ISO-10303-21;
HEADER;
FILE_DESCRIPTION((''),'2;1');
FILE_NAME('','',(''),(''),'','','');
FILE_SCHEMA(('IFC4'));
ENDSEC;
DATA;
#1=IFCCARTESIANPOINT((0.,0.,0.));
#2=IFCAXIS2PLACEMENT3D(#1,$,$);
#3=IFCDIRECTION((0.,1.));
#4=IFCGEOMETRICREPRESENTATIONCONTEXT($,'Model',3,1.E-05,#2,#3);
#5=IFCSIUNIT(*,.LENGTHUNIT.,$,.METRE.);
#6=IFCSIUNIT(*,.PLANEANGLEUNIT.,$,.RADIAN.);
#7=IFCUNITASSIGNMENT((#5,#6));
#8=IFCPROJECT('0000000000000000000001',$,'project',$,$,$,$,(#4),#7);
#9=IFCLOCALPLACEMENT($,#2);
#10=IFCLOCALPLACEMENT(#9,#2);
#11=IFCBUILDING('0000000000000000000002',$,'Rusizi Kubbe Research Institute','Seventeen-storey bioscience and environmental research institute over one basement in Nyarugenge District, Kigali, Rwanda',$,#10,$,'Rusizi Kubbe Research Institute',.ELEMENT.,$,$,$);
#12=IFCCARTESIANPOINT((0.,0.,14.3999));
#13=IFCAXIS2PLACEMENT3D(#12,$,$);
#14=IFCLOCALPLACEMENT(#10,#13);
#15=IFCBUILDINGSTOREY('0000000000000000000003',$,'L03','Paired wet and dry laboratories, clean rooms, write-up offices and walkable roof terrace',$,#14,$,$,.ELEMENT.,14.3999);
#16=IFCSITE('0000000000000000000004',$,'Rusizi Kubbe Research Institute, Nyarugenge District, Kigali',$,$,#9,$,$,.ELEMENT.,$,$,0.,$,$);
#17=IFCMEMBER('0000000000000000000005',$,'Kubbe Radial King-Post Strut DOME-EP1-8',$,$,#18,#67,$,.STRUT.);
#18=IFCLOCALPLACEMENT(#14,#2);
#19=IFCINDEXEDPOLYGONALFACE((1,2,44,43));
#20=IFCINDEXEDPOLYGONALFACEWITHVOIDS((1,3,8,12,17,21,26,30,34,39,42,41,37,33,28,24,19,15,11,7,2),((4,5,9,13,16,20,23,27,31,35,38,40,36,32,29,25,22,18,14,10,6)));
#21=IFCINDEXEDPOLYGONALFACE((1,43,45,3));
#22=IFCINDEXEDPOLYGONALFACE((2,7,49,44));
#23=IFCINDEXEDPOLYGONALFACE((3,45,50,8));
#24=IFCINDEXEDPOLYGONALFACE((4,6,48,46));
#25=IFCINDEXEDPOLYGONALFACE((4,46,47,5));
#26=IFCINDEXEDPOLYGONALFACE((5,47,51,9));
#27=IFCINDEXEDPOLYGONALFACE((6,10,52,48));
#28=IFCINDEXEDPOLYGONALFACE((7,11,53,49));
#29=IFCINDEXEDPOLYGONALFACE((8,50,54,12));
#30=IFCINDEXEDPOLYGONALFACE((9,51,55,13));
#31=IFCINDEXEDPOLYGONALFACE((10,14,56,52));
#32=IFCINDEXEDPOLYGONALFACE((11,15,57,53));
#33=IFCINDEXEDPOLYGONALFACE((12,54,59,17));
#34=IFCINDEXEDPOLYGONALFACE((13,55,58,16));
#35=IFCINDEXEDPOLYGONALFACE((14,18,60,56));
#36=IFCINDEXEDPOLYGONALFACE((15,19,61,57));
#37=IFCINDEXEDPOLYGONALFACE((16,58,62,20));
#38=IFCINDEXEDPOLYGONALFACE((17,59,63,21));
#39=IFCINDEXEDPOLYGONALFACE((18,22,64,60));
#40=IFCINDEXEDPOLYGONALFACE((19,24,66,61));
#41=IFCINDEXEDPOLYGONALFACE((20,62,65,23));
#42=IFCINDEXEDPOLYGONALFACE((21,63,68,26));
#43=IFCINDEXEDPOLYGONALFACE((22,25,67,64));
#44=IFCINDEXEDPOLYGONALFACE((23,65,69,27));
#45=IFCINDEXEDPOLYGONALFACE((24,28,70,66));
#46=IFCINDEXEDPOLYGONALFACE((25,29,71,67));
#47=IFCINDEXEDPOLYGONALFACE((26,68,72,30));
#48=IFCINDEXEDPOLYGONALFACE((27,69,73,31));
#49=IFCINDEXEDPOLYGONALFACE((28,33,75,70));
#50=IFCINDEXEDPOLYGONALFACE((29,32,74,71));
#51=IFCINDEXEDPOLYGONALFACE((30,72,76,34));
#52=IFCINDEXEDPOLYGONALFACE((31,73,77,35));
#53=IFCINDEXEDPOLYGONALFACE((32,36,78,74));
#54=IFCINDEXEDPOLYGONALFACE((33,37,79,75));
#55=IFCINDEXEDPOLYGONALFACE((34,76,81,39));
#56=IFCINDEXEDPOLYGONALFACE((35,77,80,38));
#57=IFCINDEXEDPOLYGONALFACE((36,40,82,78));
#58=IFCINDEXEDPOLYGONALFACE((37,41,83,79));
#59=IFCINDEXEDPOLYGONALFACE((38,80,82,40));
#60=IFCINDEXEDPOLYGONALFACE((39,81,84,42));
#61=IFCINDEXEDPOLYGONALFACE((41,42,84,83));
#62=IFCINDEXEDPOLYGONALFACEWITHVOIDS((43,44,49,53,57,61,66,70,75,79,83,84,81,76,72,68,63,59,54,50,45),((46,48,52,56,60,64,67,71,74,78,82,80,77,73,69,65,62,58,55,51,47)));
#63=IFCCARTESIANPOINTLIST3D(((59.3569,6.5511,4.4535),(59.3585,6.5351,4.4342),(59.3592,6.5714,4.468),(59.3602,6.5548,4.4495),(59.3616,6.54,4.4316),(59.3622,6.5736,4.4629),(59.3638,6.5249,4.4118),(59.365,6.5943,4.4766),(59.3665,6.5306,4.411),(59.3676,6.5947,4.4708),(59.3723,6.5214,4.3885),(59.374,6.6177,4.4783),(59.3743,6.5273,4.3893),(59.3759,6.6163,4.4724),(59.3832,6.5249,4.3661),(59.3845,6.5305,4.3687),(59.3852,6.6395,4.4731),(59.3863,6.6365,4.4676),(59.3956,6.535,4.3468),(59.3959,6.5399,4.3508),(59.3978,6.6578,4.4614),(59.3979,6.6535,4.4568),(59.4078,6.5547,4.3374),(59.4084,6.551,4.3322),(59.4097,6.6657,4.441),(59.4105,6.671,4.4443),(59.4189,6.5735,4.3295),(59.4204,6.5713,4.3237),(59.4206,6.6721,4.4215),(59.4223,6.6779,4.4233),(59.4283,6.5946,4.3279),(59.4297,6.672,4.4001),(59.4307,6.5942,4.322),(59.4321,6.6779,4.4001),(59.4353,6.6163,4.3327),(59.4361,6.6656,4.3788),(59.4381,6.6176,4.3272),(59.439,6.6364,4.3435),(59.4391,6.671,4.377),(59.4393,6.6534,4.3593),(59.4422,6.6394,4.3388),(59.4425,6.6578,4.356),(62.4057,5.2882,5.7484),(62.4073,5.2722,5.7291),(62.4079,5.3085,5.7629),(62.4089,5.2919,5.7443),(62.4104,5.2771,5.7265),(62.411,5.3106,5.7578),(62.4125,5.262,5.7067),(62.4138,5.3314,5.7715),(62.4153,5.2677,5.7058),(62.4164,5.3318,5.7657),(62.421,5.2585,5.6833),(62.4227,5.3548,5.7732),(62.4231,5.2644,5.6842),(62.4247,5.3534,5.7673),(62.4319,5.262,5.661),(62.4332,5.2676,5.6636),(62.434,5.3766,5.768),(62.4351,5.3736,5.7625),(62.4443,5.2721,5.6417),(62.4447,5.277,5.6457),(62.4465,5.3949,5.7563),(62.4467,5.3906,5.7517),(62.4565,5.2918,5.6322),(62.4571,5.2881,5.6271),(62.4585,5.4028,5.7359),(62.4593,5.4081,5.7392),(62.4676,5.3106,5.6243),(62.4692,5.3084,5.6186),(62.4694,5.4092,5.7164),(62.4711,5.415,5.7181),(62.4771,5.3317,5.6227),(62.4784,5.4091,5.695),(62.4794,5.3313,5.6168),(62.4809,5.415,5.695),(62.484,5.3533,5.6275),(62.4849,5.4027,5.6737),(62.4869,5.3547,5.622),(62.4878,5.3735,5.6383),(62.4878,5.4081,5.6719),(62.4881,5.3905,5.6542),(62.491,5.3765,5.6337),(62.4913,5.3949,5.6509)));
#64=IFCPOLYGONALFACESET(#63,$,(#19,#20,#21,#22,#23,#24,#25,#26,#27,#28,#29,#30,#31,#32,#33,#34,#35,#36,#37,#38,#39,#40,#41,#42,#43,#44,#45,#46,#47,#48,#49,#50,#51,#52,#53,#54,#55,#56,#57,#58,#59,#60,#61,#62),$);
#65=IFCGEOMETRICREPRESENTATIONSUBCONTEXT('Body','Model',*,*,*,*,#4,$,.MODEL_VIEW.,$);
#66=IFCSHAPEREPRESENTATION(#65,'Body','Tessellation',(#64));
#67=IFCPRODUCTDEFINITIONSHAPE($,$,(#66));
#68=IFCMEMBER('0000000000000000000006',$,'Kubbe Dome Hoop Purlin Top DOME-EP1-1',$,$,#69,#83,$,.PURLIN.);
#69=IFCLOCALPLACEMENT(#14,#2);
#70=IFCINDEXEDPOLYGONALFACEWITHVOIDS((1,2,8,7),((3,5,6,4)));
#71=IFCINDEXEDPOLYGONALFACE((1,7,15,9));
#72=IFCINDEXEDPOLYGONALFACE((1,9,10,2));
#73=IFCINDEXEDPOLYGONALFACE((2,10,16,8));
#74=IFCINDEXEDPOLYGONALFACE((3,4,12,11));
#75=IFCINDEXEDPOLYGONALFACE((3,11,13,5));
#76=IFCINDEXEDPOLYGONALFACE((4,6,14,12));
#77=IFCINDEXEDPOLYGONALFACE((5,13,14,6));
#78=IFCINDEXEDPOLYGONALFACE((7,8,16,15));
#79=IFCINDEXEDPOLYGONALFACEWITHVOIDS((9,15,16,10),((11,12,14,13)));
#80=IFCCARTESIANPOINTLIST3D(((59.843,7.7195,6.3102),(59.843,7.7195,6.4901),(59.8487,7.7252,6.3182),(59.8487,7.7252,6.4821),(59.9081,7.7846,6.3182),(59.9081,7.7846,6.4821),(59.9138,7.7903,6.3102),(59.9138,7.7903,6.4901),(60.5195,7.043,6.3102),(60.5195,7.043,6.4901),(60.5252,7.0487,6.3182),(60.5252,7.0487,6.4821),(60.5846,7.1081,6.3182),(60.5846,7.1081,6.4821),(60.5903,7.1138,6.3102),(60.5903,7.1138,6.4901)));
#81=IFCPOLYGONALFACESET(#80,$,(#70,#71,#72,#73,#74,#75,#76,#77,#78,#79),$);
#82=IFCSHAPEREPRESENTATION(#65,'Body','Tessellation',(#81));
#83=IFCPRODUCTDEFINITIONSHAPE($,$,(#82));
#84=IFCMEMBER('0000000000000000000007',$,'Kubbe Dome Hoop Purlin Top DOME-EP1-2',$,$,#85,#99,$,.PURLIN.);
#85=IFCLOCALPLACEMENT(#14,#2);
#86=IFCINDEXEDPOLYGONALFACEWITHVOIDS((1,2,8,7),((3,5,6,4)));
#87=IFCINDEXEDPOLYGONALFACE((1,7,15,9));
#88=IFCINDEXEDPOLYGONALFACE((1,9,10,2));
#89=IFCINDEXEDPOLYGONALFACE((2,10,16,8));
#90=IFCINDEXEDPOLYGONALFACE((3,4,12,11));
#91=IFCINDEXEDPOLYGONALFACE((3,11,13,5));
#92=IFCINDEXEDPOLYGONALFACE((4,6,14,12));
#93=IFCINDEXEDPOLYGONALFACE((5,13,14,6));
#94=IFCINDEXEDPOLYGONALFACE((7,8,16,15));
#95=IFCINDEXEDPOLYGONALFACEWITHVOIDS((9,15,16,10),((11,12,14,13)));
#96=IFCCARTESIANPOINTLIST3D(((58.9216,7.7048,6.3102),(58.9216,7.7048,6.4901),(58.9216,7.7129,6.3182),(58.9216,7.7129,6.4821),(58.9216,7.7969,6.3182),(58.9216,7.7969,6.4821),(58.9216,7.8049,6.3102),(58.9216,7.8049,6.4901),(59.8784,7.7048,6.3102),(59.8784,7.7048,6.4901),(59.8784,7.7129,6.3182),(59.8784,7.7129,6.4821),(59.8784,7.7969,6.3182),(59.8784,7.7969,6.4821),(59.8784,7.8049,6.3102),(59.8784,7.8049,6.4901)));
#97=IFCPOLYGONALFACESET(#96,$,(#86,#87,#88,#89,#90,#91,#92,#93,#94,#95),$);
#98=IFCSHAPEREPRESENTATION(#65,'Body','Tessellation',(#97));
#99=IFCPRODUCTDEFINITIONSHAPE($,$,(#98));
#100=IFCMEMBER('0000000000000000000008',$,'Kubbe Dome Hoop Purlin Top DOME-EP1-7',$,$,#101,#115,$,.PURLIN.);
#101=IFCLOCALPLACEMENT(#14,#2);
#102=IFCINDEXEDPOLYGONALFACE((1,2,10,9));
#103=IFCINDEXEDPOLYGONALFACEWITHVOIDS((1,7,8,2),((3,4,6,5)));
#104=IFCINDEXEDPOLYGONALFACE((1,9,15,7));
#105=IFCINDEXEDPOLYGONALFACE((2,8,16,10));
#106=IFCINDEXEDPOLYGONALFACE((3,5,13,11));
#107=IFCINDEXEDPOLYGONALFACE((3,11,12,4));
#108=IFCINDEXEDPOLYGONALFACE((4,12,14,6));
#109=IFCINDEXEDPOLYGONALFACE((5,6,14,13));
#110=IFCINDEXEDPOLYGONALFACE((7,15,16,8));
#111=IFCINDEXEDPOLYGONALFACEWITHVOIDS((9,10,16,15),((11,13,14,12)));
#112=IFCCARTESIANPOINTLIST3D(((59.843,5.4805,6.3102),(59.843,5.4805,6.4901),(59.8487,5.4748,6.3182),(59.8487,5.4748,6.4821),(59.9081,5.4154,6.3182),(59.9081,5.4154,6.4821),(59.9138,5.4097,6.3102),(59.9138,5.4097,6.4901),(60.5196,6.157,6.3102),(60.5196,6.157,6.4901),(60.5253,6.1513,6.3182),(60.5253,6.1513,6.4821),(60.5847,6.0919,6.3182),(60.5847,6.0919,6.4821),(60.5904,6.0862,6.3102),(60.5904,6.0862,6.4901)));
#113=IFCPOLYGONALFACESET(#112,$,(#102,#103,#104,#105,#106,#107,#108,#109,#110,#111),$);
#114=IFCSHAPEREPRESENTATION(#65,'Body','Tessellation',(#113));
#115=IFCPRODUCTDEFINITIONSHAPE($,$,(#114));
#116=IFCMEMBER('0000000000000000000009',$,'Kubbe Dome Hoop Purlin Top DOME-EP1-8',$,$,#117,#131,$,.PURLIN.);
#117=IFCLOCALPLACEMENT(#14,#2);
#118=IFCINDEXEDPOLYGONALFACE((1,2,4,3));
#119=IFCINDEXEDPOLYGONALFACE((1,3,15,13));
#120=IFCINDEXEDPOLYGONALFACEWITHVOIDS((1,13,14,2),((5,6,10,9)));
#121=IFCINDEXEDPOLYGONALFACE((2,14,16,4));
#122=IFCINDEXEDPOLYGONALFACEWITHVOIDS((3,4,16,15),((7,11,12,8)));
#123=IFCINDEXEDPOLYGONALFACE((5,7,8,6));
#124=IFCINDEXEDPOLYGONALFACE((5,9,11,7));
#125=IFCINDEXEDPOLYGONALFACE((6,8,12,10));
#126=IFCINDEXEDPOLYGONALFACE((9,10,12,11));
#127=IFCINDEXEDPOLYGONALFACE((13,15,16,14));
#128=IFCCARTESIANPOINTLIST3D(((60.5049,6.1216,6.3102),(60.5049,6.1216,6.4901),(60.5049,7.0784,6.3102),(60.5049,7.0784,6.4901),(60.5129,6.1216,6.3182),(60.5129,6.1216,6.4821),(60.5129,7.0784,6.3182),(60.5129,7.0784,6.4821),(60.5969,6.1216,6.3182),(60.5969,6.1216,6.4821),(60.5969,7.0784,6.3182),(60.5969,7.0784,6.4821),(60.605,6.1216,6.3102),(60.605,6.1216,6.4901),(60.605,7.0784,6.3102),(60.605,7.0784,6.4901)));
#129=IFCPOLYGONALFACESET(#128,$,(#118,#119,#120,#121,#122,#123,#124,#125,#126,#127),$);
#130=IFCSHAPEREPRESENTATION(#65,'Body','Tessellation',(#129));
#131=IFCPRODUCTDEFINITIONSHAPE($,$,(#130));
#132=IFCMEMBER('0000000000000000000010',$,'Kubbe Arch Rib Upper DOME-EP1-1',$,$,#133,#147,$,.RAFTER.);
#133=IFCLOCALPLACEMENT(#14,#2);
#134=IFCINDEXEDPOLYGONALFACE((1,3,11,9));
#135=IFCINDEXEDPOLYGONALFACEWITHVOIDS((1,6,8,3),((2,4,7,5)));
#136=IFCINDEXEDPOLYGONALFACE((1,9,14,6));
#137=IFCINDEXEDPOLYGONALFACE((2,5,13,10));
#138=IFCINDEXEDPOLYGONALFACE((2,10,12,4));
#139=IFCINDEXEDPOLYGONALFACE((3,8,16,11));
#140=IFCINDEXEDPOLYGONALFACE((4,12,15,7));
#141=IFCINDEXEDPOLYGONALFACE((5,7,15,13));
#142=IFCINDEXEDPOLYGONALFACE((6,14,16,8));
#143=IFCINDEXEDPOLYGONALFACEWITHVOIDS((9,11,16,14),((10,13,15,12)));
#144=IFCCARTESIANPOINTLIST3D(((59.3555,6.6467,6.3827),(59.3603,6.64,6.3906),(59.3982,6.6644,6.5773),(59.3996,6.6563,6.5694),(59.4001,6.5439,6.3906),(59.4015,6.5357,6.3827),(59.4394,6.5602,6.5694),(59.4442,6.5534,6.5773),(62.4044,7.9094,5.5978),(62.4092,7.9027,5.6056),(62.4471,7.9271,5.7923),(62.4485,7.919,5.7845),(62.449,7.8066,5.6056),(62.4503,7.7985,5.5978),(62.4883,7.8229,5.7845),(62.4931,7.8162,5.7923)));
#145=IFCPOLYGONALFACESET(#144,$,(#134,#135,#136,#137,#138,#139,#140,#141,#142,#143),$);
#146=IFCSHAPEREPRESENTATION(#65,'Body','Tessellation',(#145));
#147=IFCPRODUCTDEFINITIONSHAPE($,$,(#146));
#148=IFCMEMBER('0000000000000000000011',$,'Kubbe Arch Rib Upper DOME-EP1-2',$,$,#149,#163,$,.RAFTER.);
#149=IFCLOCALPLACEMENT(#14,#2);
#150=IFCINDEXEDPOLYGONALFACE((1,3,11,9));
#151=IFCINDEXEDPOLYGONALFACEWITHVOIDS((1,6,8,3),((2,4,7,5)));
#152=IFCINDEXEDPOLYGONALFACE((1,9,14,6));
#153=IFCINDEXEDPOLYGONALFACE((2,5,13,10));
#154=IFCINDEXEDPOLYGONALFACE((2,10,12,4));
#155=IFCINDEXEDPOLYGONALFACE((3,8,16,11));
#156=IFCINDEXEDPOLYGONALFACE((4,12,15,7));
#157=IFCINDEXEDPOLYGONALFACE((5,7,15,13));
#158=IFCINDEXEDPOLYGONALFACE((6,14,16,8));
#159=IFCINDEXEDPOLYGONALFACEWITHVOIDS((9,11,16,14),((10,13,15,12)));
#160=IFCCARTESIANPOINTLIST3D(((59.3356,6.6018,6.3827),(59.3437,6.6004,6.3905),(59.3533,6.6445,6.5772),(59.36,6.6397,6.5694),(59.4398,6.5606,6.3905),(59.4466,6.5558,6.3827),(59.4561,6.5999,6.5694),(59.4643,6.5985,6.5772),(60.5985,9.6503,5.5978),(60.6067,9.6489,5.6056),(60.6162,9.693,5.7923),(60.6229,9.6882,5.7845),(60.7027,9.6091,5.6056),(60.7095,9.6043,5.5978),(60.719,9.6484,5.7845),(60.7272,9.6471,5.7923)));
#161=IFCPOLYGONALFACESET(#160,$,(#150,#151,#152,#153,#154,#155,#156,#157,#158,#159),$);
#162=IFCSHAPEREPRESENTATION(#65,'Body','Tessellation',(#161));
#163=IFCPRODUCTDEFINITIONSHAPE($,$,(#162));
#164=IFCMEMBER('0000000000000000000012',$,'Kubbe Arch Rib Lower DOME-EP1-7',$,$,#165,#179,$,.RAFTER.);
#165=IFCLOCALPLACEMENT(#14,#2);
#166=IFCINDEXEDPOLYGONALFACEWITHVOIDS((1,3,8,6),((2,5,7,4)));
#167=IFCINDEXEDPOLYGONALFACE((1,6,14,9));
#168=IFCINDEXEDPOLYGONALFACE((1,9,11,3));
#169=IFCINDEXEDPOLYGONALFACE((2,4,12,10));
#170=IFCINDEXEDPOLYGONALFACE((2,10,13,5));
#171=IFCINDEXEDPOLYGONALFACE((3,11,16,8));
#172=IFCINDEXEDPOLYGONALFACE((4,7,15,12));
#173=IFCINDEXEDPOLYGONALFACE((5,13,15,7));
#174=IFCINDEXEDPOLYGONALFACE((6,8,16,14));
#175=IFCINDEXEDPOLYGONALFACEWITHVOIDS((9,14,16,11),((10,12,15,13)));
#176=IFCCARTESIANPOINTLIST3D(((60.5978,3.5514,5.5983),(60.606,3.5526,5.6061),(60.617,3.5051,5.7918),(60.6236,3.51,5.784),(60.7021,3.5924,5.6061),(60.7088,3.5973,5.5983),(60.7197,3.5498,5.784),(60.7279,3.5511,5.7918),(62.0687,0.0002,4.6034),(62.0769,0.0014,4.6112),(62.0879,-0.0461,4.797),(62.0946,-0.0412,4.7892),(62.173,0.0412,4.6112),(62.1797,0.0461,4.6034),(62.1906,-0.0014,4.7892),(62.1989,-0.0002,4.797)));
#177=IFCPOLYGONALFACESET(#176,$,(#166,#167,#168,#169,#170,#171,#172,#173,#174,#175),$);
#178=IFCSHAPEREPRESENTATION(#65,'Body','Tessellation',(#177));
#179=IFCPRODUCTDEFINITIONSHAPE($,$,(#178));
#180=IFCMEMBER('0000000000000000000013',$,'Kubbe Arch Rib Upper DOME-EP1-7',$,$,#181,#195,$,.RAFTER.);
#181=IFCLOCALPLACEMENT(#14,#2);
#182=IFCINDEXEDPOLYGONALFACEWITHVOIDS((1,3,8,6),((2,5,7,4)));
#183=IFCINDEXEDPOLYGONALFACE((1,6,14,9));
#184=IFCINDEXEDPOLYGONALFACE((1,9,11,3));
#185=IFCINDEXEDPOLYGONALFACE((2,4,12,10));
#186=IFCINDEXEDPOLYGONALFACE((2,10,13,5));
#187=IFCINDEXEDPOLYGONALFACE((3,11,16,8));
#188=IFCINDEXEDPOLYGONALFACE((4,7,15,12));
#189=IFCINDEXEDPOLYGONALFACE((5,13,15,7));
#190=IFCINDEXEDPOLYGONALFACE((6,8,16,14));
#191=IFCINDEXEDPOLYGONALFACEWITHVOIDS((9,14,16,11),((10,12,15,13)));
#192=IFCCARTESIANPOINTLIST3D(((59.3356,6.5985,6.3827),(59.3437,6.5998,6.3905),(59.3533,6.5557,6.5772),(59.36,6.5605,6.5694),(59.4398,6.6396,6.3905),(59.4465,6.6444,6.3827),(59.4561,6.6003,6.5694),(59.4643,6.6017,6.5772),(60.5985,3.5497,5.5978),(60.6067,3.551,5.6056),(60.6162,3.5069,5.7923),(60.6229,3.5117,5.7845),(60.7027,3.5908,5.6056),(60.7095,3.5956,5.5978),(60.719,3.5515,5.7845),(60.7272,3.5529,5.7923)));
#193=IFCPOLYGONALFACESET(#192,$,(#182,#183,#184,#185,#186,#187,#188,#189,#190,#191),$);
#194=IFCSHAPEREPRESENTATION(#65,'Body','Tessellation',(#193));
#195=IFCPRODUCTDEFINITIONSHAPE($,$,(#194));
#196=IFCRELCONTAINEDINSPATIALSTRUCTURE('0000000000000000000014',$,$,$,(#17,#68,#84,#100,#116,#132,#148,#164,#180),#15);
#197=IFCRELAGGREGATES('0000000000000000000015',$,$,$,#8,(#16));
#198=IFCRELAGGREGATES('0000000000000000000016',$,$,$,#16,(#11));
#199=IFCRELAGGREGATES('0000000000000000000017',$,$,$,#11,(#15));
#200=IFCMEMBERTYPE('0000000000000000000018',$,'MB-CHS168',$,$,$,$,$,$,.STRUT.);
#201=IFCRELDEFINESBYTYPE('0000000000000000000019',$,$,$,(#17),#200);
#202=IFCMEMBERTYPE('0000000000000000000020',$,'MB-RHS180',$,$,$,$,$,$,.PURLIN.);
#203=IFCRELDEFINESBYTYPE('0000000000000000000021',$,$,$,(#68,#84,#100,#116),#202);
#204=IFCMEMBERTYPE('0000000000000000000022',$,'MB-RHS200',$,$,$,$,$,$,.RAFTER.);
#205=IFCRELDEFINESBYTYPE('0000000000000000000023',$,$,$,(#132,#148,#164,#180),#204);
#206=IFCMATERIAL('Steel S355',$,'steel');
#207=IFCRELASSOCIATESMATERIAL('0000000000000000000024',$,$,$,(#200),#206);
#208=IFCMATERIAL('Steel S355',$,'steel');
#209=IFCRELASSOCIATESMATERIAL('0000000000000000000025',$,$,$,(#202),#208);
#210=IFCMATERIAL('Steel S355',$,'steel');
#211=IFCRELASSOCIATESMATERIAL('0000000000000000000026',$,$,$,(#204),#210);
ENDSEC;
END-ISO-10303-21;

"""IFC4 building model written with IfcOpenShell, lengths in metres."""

from ifc_helpers import new_model, si_unit, direction, frame, origin, origin_2d, place, context, subcontext, project, spatial, hollow_rectangle, hollow_circle, extrude, material, material_profile, profile_set, type_object, element, save


model = new_model("IFC4")

# Units and contexts
model_context = context("Model", 3, precision=1e-05, world=origin(), true_north=direction((0.0, 1.0)))
body_context = subcontext(model_context, "Body", "Model", "MODEL_VIEW")
ifc_project = project(units=[si_unit("LENGTHUNIT", "METRE"), si_unit("PLANEANGLEUNIT", "RADIAN")], contexts=[model_context])

# Site, building, storey
site_placement = place(None, origin())
site = spatial("IfcSite", under=ifc_project, at=site_placement, Name="Rusizi Kubbe Research Institute, Nyarugenge District, Kigali", CompositionType="ELEMENT", RefElevation=0.0)
building_placement = place(site_placement, origin())
building = spatial("IfcBuilding", under=site, at=building_placement, Name="Rusizi Kubbe Research Institute", Description="Seventeen-storey bioscience and environmental research institute over one basement in Nyarugenge District, Kigali, Rwanda", LongName="Rusizi Kubbe Research Institute", CompositionType="ELEMENT")
storey_placement = place(building_placement, frame((0.0, 0.0, 14.3999)))
storey = spatial("IfcBuildingStorey", under=building, at=storey_placement, Name="L03", Description="Paired wet and dry laboratories, clean rooms, write-up offices and walkable roof terrace", CompositionType="ELEMENT", Elevation=14.3999)

# Members
ifc_material_1 = material(Name="Steel S355", Category="steel")
ifc_material_profile_1 = material_profile(ifc_material_1, hollow_circle(Radius=0.0842, WallThickness=0.0063, at=origin_2d()), Name="CHS 168.3x6.3")
ifc_profile_set_1 = profile_set([ifc_material_profile_1], Name="Steel S355")
member_type_1 = type_object("IfcMemberType", Name="MB-CHS168", PredefinedType="STRUT", material=ifc_profile_set_1)
for number, where, z_axis, x_axis, name in (
    (1, (59.3999, 6.6001, 4.4001), (0.86003, -0.356257, 0.365279), (0.382702, 0.923872, 0.0), "Kubbe Radial King-Post Strut DOME-EP1-8"),
):
    element("IfcMember", number, at=place(storey_placement, frame(where, z_axis=z_axis, x_axis=x_axis)), inside=storey, type_object=member_type_1, Name=name, PredefinedType="STRUT", context=body_context, shape_type="SweptSolid", body=[
        extrude(hollow_circle(Radius=0.0842, WallThickness=0.0063, at=origin_2d()), origin(), (0.0, 0.0, 1.0), 3.5449),
    ])
ifc_material_2 = material(Name="Steel S355", Category="steel")
ifc_material_profile_2 = material_profile(ifc_material_2, hollow_rectangle(XDim=0.1001, YDim=0.1799, WallThickness=0.0081, at=origin_2d()), Name="RHS 180x100x8.0")
ifc_profile_set_2 = profile_set([ifc_material_profile_2], Name="Steel S355")
member_type_2 = type_object("IfcMemberType", Name="MB-RHS180", PredefinedType="PURLIN", material=ifc_profile_set_2)
for number, where, z_axis, x_axis, name in (
    (2, (60.5549, 7.0784, 6.4001), (-0.707107, 0.707107, 0.0), (-0.707107, -0.707107, 0.0), "Kubbe Dome Hoop Purlin Top DOME-EP1-1"),
    (3, (59.8784, 7.7549, 6.4001), (-1.0, 0.0, 0.0), (0.0, -1.0, 0.0), "Kubbe Dome Hoop Purlin Top DOME-EP1-2"),
    (4, (59.8784, 5.4451, 6.4001), (0.707107, 0.707107, 0.0), (-0.707107, 0.707107, 0.0), "Kubbe Dome Hoop Purlin Top DOME-EP1-7"),
    (5, (60.5549, 6.1216, 6.4001), (0.0, 1.0, 0.0), (-1.0, 0.0, 0.0), "Kubbe Dome Hoop Purlin Top DOME-EP1-8"),
):
    element("IfcMember", number, at=place(storey_placement, frame(where, z_axis=z_axis, x_axis=x_axis)), inside=storey, type_object=member_type_2, Name=name, PredefinedType="PURLIN", context=body_context, shape_type="SweptSolid", body=[
        extrude(hollow_rectangle(XDim=0.1001, YDim=0.1799, WallThickness=0.0081, at=origin_2d()), origin(), (0.0, 0.0, 1.0), 0.9568),
    ])
ifc_material_3 = material(Name="Steel S355", Category="steel")
ifc_material_profile_3 = material_profile(ifc_material_3, hollow_rectangle(XDim=0.1201, YDim=0.2, WallThickness=0.0081, at=origin_2d()), Name="RHS 200x120x8.0")
ifc_profile_set_3 = profile_set([ifc_material_profile_3], Name="Steel S355")
member_type_3 = type_object("IfcMemberType", Name="MB-RHS200", PredefinedType="RAFTER", material=ifc_profile_set_3)
member_1_placement = place(storey_placement, frame((62.4487, 7.8628, 5.6951), z_axis=(-0.898822, -0.372254, 0.231399), x_axis=(0.382639, -0.923898, 0.0)))
element("IfcMember", 6, at=member_1_placement, inside=storey, type_object=member_type_3, Name="Kubbe Arch Rib Upper DOME-EP1-1", PredefinedType="RAFTER", context=body_context, shape_type="SweptSolid", body=[
    extrude(hollow_rectangle(XDim=0.1201, YDim=0.2, WallThickness=0.0081, at=origin_2d()), origin(), (0.0, 0.0, 1.0), 3.3921),
])
member_2_placement = place(storey_placement, frame((60.6628, 9.6487, 5.6951), z_axis=(-0.37234, -0.898784, 0.231408), x_axis=(0.923861, -0.382729, 0.0)))
element("IfcMember", 7, at=member_2_placement, inside=storey, type_object=member_type_3, Name="Kubbe Arch Rib Upper DOME-EP1-2", PredefinedType="RAFTER", context=body_context, shape_type="SweptSolid", body=[
    extrude(hollow_rectangle(XDim=0.1201, YDim=0.2, WallThickness=0.0081, at=origin_2d()), origin(), (0.0, 0.0, 1.0), 3.3918),
])
member_3_placement = place(storey_placement, frame((62.1338, 0.0, 4.7002), z_axis=(-0.370468, 0.894411, 0.250565), x_axis=(-0.923883, -0.382675, 0.0)))
element("IfcMember", 8, at=member_3_placement, inside=storey, type_object=member_type_3, Name="Kubbe Arch Rib Lower DOME-EP1-7", PredefinedType="RAFTER", context=body_context, shape_type="SweptSolid", body=[
    extrude(hollow_rectangle(XDim=0.1201, YDim=0.2, WallThickness=0.0081, at=origin_2d()), origin(), (0.0, 0.0, 1.0), 3.9705),
])
for number, where, z_axis, x_axis, name in (
    (9, (60.6628, 3.5513, 5.6951), (-0.372316, 0.898798, 0.231393), (-0.923872, -0.382702, 0.0), "Kubbe Arch Rib Upper DOME-EP1-7"),
):
    element("IfcMember", number, at=place(storey_placement, frame(where, z_axis=z_axis, x_axis=x_axis)), inside=storey, type_object=member_type_3, Name=name, PredefinedType="RAFTER", context=body_context, shape_type="SweptSolid", body=[
        extrude(hollow_rectangle(XDim=0.1201, YDim=0.2, WallThickness=0.0081, at=origin_2d()), origin(), (0.0, 0.0, 1.0), 3.3921),
    ])

save(model, "model.ifc")
